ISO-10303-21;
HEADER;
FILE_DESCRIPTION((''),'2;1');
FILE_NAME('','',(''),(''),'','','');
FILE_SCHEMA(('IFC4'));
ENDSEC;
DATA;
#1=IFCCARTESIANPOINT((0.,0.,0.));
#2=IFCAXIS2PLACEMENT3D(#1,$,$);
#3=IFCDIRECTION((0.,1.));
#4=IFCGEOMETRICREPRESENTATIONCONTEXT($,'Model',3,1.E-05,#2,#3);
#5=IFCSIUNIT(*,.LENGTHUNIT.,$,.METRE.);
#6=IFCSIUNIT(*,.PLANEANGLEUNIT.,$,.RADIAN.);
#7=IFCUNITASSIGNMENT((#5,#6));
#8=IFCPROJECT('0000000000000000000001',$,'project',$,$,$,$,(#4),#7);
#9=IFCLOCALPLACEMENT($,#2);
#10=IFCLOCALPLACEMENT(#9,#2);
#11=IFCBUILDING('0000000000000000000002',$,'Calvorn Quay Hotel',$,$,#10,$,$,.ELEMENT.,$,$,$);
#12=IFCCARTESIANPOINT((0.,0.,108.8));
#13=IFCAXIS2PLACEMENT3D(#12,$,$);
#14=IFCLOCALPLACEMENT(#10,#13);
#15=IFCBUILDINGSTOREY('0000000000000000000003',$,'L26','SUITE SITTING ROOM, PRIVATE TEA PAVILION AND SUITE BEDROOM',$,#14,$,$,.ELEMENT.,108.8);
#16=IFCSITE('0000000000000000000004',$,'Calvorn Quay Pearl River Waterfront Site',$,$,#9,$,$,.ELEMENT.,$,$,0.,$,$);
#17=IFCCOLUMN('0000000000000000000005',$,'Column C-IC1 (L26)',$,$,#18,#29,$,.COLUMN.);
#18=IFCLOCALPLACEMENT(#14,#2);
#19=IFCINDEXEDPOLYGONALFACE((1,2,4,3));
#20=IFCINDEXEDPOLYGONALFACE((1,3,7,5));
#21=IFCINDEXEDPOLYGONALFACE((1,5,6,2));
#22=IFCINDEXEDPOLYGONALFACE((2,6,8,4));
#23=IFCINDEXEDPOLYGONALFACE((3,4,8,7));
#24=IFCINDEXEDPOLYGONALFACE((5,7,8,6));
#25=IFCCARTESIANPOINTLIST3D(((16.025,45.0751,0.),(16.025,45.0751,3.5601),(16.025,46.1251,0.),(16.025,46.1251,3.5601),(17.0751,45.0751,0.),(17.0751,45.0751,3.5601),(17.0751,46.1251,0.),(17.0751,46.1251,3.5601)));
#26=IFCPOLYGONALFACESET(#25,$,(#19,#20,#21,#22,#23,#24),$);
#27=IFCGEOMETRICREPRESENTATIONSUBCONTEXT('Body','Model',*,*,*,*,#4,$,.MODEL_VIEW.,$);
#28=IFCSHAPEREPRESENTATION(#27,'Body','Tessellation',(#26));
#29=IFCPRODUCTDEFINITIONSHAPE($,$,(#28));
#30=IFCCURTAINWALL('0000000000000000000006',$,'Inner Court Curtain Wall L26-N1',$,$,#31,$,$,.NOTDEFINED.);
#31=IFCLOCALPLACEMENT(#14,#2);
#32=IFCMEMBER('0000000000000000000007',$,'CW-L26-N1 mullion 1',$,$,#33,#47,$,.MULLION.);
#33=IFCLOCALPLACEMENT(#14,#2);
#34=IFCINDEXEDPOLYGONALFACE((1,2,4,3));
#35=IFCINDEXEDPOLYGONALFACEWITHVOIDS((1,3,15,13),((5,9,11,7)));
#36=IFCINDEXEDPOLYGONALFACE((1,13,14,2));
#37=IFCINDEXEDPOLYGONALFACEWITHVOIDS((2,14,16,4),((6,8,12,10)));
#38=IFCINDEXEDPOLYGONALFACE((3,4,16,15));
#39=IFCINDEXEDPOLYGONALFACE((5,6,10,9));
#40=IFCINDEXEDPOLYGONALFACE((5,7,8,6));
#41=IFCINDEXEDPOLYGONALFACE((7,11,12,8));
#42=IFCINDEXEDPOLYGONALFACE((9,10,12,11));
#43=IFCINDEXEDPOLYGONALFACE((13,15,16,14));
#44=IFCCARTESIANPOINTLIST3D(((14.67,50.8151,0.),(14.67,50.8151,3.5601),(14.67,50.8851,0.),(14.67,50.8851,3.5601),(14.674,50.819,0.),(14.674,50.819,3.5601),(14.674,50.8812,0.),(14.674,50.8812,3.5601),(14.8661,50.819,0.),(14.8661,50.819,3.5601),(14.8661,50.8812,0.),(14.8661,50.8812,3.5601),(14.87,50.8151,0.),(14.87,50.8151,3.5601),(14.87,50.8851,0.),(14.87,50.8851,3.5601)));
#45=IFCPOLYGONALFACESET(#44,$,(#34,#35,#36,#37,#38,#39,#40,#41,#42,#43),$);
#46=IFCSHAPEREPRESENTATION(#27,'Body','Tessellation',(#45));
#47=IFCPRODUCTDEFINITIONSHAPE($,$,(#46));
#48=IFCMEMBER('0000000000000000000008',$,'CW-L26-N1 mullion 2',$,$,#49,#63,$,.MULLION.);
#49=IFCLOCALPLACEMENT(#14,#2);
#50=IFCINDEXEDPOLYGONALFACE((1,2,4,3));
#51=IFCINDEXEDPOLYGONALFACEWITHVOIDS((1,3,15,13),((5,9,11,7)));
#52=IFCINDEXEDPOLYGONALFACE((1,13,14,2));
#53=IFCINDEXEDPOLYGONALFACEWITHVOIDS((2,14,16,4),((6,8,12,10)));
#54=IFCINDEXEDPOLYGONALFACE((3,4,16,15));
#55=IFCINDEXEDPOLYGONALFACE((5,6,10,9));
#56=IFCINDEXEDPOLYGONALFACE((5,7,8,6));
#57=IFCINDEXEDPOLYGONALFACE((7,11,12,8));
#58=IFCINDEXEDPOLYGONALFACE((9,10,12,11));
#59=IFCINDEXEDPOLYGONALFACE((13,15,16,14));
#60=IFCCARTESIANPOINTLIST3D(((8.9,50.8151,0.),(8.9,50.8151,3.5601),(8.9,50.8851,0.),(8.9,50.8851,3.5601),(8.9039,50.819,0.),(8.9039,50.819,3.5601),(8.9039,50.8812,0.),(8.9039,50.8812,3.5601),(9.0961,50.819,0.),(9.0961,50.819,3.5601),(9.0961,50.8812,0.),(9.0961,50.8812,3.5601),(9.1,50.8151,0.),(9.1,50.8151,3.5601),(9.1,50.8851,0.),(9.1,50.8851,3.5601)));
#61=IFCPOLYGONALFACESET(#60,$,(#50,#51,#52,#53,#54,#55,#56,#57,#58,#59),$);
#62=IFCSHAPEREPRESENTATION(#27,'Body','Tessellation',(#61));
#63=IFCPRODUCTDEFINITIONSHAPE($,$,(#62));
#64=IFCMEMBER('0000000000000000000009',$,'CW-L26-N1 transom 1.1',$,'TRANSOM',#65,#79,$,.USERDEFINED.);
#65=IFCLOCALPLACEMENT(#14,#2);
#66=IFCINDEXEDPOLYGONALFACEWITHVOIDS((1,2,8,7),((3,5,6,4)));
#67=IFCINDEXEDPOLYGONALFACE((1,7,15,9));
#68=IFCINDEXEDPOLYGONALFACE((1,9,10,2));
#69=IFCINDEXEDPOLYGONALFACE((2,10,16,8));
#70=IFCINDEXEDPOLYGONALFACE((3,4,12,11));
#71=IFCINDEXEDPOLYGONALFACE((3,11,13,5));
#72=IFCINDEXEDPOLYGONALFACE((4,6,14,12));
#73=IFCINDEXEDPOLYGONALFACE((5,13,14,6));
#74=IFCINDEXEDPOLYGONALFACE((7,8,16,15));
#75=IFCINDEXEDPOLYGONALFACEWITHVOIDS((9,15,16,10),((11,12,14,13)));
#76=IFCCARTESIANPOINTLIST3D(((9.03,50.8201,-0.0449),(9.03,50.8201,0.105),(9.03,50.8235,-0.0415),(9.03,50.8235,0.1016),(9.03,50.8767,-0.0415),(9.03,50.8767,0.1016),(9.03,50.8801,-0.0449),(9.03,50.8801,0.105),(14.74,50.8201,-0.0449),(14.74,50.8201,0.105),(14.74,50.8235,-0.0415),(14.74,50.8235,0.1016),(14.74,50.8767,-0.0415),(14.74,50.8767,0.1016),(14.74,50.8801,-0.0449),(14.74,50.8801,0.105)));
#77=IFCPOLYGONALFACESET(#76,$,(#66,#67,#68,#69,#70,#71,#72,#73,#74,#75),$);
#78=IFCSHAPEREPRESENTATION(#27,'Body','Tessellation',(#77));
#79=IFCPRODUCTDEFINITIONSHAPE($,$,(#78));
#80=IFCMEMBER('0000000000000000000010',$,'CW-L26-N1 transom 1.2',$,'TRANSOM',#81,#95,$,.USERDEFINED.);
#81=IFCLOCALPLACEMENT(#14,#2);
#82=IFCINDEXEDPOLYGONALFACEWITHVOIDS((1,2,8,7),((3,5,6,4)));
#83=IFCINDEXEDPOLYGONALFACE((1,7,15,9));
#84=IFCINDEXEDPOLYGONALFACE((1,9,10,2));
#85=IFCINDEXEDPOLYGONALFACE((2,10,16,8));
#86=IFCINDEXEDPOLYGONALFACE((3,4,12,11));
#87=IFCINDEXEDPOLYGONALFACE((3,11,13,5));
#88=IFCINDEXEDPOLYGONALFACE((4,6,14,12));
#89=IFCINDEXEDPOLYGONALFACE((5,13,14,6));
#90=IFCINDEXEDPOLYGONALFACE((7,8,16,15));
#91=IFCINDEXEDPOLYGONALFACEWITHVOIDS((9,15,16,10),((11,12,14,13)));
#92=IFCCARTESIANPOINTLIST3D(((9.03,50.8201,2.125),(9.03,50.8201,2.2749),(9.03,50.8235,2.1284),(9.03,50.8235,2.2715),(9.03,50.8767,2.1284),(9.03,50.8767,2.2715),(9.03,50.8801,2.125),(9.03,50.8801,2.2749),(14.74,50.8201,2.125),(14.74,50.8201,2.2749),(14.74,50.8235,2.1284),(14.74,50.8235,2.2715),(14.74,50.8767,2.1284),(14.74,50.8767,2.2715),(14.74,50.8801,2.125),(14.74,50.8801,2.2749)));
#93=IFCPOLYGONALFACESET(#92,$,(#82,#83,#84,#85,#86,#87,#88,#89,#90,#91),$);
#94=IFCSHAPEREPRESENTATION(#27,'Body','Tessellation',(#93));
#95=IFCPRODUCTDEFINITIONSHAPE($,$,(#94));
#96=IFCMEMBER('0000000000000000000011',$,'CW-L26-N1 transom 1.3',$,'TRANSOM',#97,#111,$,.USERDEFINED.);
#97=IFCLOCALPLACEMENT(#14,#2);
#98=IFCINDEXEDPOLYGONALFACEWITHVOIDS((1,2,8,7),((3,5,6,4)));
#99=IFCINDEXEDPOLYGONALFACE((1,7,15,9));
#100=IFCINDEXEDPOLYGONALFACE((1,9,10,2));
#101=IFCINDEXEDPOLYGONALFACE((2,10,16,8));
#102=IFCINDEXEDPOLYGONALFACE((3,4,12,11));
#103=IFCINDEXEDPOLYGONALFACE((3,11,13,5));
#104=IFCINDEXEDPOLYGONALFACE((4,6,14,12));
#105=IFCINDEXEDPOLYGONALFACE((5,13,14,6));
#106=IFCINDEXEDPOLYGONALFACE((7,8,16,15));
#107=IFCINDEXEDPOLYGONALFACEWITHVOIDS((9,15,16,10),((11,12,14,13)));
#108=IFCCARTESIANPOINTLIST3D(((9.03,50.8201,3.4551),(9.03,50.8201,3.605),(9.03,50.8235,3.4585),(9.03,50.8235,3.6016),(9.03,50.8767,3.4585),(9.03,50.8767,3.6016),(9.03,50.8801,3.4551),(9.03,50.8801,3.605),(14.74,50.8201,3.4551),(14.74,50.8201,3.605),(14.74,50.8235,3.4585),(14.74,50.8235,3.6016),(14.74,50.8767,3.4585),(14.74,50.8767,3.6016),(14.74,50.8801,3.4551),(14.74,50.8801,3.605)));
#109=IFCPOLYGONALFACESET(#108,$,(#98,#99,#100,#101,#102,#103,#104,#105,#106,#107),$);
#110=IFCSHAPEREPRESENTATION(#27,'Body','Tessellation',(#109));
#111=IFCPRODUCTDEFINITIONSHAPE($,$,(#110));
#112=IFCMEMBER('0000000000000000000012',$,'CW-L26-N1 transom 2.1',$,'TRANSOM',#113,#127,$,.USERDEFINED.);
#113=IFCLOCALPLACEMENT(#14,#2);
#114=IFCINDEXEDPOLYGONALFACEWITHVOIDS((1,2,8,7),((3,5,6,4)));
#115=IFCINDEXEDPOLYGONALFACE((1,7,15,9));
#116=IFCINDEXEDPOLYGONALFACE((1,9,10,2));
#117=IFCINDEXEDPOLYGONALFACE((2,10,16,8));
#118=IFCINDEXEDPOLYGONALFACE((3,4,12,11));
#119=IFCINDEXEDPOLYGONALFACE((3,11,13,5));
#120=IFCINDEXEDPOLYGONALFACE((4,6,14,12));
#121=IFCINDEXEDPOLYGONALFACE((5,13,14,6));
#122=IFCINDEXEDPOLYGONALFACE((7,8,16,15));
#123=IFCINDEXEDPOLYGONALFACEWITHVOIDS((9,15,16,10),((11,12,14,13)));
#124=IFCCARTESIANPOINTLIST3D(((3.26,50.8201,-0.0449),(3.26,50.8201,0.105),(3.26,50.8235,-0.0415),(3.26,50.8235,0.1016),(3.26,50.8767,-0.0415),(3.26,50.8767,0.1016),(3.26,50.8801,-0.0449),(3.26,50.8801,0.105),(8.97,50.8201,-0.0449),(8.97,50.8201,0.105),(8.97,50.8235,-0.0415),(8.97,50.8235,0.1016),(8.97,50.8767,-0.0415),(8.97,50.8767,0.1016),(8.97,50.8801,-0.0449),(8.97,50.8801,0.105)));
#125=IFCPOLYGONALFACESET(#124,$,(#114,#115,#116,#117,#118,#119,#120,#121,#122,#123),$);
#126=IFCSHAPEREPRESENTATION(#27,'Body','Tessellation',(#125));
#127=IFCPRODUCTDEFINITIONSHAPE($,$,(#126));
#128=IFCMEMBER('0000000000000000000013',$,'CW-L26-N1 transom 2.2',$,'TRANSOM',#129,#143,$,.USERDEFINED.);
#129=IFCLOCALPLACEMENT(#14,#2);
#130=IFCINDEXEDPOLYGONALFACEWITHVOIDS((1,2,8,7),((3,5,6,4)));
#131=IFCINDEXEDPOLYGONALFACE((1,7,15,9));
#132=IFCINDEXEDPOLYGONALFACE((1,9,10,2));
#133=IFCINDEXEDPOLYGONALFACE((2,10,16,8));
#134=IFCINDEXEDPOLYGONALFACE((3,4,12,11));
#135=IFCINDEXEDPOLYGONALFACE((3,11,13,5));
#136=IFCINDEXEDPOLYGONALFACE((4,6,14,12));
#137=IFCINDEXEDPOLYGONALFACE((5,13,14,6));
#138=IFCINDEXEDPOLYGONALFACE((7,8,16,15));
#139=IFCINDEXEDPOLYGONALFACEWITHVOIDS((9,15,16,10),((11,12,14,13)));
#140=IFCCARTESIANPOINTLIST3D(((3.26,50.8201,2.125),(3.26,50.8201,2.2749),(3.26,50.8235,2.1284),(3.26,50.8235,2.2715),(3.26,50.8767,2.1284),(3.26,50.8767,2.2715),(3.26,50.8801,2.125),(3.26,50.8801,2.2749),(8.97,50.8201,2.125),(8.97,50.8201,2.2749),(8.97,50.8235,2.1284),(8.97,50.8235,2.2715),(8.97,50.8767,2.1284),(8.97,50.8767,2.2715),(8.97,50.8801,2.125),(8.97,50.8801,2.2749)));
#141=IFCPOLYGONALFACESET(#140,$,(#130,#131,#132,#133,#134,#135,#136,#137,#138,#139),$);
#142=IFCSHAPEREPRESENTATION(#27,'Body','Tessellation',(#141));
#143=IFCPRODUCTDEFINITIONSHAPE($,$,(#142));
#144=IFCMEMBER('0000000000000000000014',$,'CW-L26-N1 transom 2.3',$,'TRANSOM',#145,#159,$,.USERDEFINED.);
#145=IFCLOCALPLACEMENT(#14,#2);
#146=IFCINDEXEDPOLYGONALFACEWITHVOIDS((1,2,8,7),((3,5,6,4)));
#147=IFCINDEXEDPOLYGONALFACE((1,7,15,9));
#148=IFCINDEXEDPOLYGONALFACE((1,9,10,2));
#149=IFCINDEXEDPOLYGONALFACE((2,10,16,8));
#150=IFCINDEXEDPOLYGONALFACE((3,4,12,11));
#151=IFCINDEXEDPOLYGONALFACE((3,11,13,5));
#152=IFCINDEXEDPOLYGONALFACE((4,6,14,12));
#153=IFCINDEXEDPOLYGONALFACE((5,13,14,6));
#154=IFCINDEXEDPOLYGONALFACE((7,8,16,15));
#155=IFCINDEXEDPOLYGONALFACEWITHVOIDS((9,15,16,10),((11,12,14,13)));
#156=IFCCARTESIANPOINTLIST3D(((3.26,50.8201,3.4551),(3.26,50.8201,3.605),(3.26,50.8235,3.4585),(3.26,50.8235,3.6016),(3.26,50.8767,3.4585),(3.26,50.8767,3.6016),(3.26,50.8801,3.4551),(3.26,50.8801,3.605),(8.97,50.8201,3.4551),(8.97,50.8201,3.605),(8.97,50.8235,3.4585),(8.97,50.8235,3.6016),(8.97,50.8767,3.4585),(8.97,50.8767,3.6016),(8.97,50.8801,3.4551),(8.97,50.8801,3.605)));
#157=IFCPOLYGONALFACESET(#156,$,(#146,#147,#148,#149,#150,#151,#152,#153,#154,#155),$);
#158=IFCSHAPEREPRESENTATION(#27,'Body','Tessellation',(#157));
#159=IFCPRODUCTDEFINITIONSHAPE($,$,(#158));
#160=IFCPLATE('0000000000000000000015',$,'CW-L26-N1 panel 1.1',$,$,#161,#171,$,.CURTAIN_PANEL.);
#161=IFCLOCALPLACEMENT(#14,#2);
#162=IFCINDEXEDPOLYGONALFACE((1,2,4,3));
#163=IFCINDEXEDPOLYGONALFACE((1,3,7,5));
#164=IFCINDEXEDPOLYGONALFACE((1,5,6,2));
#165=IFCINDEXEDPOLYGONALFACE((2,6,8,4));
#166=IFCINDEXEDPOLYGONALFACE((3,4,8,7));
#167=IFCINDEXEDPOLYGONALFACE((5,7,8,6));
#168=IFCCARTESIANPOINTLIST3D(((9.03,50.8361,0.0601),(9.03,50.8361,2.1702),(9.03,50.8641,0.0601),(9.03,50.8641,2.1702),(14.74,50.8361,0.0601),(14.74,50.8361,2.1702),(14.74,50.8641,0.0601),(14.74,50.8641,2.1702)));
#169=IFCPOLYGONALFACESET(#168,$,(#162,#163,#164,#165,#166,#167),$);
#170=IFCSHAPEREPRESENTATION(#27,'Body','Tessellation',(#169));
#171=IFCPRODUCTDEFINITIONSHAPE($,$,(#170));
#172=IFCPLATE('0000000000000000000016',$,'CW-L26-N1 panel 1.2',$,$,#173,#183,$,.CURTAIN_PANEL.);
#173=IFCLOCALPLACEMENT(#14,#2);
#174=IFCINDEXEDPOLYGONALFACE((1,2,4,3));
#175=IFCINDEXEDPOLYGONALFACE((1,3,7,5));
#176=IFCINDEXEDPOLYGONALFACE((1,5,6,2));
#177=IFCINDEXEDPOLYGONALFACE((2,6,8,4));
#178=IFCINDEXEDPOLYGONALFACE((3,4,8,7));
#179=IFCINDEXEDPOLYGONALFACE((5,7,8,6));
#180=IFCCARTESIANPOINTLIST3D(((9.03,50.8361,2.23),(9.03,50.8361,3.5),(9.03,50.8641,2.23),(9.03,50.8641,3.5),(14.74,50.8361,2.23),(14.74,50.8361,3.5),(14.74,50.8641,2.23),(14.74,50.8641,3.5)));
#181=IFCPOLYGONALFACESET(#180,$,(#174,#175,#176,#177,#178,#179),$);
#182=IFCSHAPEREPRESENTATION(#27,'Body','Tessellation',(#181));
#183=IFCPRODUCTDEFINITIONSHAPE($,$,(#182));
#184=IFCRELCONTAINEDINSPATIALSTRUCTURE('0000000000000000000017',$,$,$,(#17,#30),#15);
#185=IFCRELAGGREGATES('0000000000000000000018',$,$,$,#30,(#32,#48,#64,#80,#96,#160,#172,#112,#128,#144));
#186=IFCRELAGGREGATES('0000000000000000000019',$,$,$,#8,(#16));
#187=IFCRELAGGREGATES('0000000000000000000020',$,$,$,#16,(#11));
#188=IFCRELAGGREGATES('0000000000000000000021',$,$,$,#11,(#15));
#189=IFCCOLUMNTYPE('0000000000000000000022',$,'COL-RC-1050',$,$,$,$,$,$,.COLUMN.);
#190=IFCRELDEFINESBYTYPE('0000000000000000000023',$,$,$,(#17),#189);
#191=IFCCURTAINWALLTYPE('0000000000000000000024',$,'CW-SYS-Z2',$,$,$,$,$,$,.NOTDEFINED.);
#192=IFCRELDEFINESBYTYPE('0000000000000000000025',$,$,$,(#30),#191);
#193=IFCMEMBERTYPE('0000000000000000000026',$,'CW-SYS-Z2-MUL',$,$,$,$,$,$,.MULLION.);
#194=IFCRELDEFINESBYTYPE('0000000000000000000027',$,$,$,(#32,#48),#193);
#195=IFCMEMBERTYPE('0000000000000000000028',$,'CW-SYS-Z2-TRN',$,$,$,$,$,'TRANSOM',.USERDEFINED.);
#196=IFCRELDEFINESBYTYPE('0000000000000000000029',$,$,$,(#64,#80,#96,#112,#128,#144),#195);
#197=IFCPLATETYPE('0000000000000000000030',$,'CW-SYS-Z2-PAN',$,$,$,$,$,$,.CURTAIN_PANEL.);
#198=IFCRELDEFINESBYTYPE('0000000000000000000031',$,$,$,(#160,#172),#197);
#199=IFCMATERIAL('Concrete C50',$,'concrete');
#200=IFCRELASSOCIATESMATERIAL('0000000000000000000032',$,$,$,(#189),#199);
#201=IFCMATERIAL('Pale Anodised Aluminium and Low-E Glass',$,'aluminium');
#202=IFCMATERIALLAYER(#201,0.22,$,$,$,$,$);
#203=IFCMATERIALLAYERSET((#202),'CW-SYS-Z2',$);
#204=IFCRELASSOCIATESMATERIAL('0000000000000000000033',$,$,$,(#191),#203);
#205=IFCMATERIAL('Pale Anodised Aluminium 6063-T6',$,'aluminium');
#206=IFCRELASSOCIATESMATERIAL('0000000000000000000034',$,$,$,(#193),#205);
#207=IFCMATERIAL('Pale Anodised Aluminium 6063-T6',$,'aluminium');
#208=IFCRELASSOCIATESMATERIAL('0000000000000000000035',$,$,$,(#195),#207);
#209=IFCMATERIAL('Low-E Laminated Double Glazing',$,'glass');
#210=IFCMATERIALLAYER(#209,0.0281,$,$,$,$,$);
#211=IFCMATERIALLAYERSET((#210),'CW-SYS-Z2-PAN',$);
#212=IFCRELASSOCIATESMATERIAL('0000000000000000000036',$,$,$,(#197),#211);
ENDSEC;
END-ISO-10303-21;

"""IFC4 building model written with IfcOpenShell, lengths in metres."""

from ifc_helpers import new_model, si_unit, direction, frame, origin, origin_2d, place, context, subcontext, project, spatial, rectangle, hollow_rectangle, extrude, material, layer, layer_set, material_profile, profile_set, type_object, element, aggregate, save


model = new_model("IFC4")

# Units and contexts
model_context = context("Model", 3, precision=1e-05, world=origin(), true_north=direction((0.0, 1.0)))
body_context = subcontext(model_context, "Body", "Model", "MODEL_VIEW")
ifc_project = project(units=[si_unit("LENGTHUNIT", "METRE"), si_unit("PLANEANGLEUNIT", "RADIAN")], contexts=[model_context])

# Site, building, storey
site_placement = place(None, origin())
site = spatial("IfcSite", under=ifc_project, at=site_placement, Name="Calvorn Quay Pearl River Waterfront Site", CompositionType="ELEMENT", RefElevation=0.0)
building_placement = place(site_placement, origin())
building = spatial("IfcBuilding", under=site, at=building_placement, Name="Calvorn Quay Hotel", CompositionType="ELEMENT")
storey_placement = place(building_placement, frame((0.0, 0.0, 108.8)))
storey = spatial("IfcBuildingStorey", under=building, at=storey_placement, Name="L26", Description="SUITE SITTING ROOM, PRIVATE TEA PAVILION AND SUITE BEDROOM", CompositionType="ELEMENT", Elevation=108.8)

# Column
ifc_material_1 = material(Name="Concrete C50", Category="concrete")
ifc_material_profile_1 = material_profile(ifc_material_1, rectangle(XDim=1.05, YDim=1.05, at=origin_2d()), Name="RC1050x1050")
ifc_profile_set_1 = profile_set([ifc_material_profile_1], Name="Concrete C50")
column_type = type_object("IfcColumnType", Name="COL-RC-1050", PredefinedType="COLUMN", material=ifc_profile_set_1)
column_placement = place(storey_placement, frame((16.55, 45.6001, 0.0), z_axis=(0.0, 0.0, 1.0), x_axis=(1.0, 0.0, 0.0)))
element("IfcColumn", 1, at=column_placement, inside=storey, type_object=column_type, Name="Column C-IC1 (L26)", PredefinedType="COLUMN", context=body_context, shape_type="SweptSolid", body=[
    extrude(rectangle(XDim=1.05, YDim=1.05, at=origin_2d()), origin(), (0.0, 0.0, 1.0), 3.5601),
])

# Curtain wall, members, plates
ifc_material_2 = material(Name="Pale Anodised Aluminium and Low-E Glass", Category="aluminium")
ifc_layer_1 = layer(ifc_material_2, 0.22)
ifc_layer_set_1 = layer_set([ifc_layer_1], Name="CW-SYS-Z2")
curtain_wall_type = type_object("IfcCurtainWallType", Name="CW-SYS-Z2", PredefinedType="NOTDEFINED", material=ifc_layer_set_1)
curtain_wall_placement = place(storey_placement, origin())
curtain_wall = element("IfcCurtainWall", 2, at=curtain_wall_placement, inside=storey, type_object=curtain_wall_type, Name="Inner Court Curtain Wall L26-N1", PredefinedType="NOTDEFINED")
ifc_material_3 = material(Name="Pale Anodised Aluminium 6063-T6", Category="aluminium")
ifc_material_profile_2 = material_profile(ifc_material_3, hollow_rectangle(XDim=0.0701, YDim=0.2, WallThickness=0.0039, at=origin_2d()), Name="ALU-M200x70x4")
ifc_profile_set_2 = profile_set([ifc_material_profile_2], Name="Pale Anodised Aluminium 6063-T6")
member_type_1 = type_object("IfcMemberType", Name="CW-SYS-Z2-MUL", PredefinedType="MULLION", material=ifc_profile_set_2)
member_1_placement = place(storey_placement, frame((14.77, 50.8501, 0.0), z_axis=(0.0, 0.0, 1.0), x_axis=(0.0, -1.0, 0.0)))
member_1 = element("IfcMember", 3, at=member_1_placement, type_object=member_type_1, Name="CW-L26-N1 mullion 1", PredefinedType="MULLION", context=body_context, shape_type="SweptSolid", body=[
    extrude(hollow_rectangle(XDim=0.0701, YDim=0.2, WallThickness=0.0039, at=origin_2d()), origin(), (0.0, 0.0, 1.0), 3.5601),
])
member_2_placement = place(storey_placement, frame((9.0, 50.8501, 0.0), z_axis=(0.0, 0.0, 1.0), x_axis=(0.0, -1.0, 0.0)))
member_2 = element("IfcMember", 4, at=member_2_placement, type_object=member_type_1, Name="CW-L26-N1 mullion 2", PredefinedType="MULLION", context=body_context, shape_type="SweptSolid", body=[
    extrude(hollow_rectangle(XDim=0.0701, YDim=0.2, WallThickness=0.0039, at=origin_2d()), origin(), (0.0, 0.0, 1.0), 3.5601),
])
ifc_material_4 = material(Name="Pale Anodised Aluminium 6063-T6", Category="aluminium")
ifc_material_profile_3 = material_profile(ifc_material_4, hollow_rectangle(XDim=0.0601, YDim=0.1499, WallThickness=0.0034, at=origin_2d()), Name="ALU-T150x60x3.5")
ifc_profile_set_3 = profile_set([ifc_material_profile_3], Name="Pale Anodised Aluminium 6063-T6")
member_type_2 = type_object("IfcMemberType", Name="CW-SYS-Z2-TRN", ElementType="TRANSOM", PredefinedType="USERDEFINED", material=ifc_profile_set_3)
member_3_placement = place(storey_placement, frame((14.74, 50.8501, 0.03), z_axis=(-1.0, 0.0, 0.0), x_axis=(0.0, -1.0, 0.0)))
member_3 = element("IfcMember", 5, at=member_3_placement, type_object=member_type_2, Name="CW-L26-N1 transom 1.1", ObjectType="TRANSOM", PredefinedType="USERDEFINED", context=body_context, shape_type="SweptSolid", body=[
    extrude(hollow_rectangle(XDim=0.0601, YDim=0.1499, WallThickness=0.0034, at=origin_2d()), origin(), (0.0, 0.0, 1.0), 5.71),
])
member_4_placement = place(storey_placement, frame((14.74, 50.8501, 2.2), z_axis=(-1.0, 0.0, 0.0), x_axis=(0.0, -1.0, 0.0)))
member_4 = element("IfcMember", 6, at=member_4_placement, type_object=member_type_2, Name="CW-L26-N1 transom 1.2", ObjectType="TRANSOM", PredefinedType="USERDEFINED", context=body_context, shape_type="SweptSolid", body=[
    extrude(hollow_rectangle(XDim=0.0601, YDim=0.1499, WallThickness=0.0034, at=origin_2d()), origin(), (0.0, 0.0, 1.0), 5.71),
])
member_5_placement = place(storey_placement, frame((14.74, 50.8501, 3.53), z_axis=(-1.0, 0.0, 0.0), x_axis=(0.0, -1.0, 0.0)))
member_5 = element("IfcMember", 7, at=member_5_placement, type_object=member_type_2, Name="CW-L26-N1 transom 1.3", ObjectType="TRANSOM", PredefinedType="USERDEFINED", context=body_context, shape_type="SweptSolid", body=[
    extrude(hollow_rectangle(XDim=0.0601, YDim=0.1499, WallThickness=0.0034, at=origin_2d()), origin(), (0.0, 0.0, 1.0), 5.71),
])
member_6_placement = place(storey_placement, frame((8.97, 50.8501, 0.03), z_axis=(-1.0, 0.0, 0.0), x_axis=(0.0, -1.0, 0.0)))
member_6 = element("IfcMember", 8, at=member_6_placement, type_object=member_type_2, Name="CW-L26-N1 transom 2.1", ObjectType="TRANSOM", PredefinedType="USERDEFINED", context=body_context, shape_type="SweptSolid", body=[
    extrude(hollow_rectangle(XDim=0.0601, YDim=0.1499, WallThickness=0.0034, at=origin_2d()), origin(), (0.0, 0.0, 1.0), 5.71),
])
member_7_placement = place(storey_placement, frame((8.97, 50.8501, 2.2), z_axis=(-1.0, 0.0, 0.0), x_axis=(0.0, -1.0, 0.0)))
member_7 = element("IfcMember", 9, at=member_7_placement, type_object=member_type_2, Name="CW-L26-N1 transom 2.2", ObjectType="TRANSOM", PredefinedType="USERDEFINED", context=body_context, shape_type="SweptSolid", body=[
    extrude(hollow_rectangle(XDim=0.0601, YDim=0.1499, WallThickness=0.0034, at=origin_2d()), origin(), (0.0, 0.0, 1.0), 5.71),
])
member_8_placement = place(storey_placement, frame((8.97, 50.8501, 3.53), z_axis=(-1.0, 0.0, 0.0), x_axis=(0.0, -1.0, 0.0)))
member_8 = element("IfcMember", 10, at=member_8_placement, type_object=member_type_2, Name="CW-L26-N1 transom 2.3", ObjectType="TRANSOM", PredefinedType="USERDEFINED", context=body_context, shape_type="SweptSolid", body=[
    extrude(hollow_rectangle(XDim=0.0601, YDim=0.1499, WallThickness=0.0034, at=origin_2d()), origin(), (0.0, 0.0, 1.0), 5.71),
])
ifc_material_5 = material(Name="Low-E Laminated Double Glazing", Category="glass")
ifc_layer_2 = layer(ifc_material_5, 0.0281)
ifc_layer_set_2 = layer_set([ifc_layer_2], Name="CW-SYS-Z2-PAN")
plate_type = type_object("IfcPlateType", Name="CW-SYS-Z2-PAN", PredefinedType="CURTAIN_PANEL", material=ifc_layer_set_2)
plate_1_placement = place(storey_placement, frame((11.885, 50.8501, 0.0601), z_axis=(0.0, 0.0, 1.0), x_axis=(-1.0, 0.0, 0.0)))
plate_1 = element("IfcPlate", 11, at=plate_1_placement, type_object=plate_type, Name="CW-L26-N1 panel 1.1", PredefinedType="CURTAIN_PANEL", context=body_context, shape_type="SweptSolid", body=[
    extrude(rectangle(XDim=5.71, YDim=0.0281, at=origin_2d()), origin(), (0.0, 0.0, 1.0), 2.1101),
])
plate_2_placement = place(storey_placement, frame((11.885, 50.8501, 2.23), z_axis=(0.0, 0.0, 1.0), x_axis=(-1.0, 0.0, 0.0)))
plate_2 = element("IfcPlate", 12, at=plate_2_placement, type_object=plate_type, Name="CW-L26-N1 panel 1.2", PredefinedType="CURTAIN_PANEL", context=body_context, shape_type="SweptSolid", body=[
    extrude(rectangle(XDim=5.71, YDim=0.0281, at=origin_2d()), origin(), (0.0, 0.0, 1.0), 1.27),
])
aggregate(curtain_wall, [member_1, member_2, member_3, member_4, member_5, plate_1, plate_2, member_6, member_7, member_8])

save(model, "model.ifc")
